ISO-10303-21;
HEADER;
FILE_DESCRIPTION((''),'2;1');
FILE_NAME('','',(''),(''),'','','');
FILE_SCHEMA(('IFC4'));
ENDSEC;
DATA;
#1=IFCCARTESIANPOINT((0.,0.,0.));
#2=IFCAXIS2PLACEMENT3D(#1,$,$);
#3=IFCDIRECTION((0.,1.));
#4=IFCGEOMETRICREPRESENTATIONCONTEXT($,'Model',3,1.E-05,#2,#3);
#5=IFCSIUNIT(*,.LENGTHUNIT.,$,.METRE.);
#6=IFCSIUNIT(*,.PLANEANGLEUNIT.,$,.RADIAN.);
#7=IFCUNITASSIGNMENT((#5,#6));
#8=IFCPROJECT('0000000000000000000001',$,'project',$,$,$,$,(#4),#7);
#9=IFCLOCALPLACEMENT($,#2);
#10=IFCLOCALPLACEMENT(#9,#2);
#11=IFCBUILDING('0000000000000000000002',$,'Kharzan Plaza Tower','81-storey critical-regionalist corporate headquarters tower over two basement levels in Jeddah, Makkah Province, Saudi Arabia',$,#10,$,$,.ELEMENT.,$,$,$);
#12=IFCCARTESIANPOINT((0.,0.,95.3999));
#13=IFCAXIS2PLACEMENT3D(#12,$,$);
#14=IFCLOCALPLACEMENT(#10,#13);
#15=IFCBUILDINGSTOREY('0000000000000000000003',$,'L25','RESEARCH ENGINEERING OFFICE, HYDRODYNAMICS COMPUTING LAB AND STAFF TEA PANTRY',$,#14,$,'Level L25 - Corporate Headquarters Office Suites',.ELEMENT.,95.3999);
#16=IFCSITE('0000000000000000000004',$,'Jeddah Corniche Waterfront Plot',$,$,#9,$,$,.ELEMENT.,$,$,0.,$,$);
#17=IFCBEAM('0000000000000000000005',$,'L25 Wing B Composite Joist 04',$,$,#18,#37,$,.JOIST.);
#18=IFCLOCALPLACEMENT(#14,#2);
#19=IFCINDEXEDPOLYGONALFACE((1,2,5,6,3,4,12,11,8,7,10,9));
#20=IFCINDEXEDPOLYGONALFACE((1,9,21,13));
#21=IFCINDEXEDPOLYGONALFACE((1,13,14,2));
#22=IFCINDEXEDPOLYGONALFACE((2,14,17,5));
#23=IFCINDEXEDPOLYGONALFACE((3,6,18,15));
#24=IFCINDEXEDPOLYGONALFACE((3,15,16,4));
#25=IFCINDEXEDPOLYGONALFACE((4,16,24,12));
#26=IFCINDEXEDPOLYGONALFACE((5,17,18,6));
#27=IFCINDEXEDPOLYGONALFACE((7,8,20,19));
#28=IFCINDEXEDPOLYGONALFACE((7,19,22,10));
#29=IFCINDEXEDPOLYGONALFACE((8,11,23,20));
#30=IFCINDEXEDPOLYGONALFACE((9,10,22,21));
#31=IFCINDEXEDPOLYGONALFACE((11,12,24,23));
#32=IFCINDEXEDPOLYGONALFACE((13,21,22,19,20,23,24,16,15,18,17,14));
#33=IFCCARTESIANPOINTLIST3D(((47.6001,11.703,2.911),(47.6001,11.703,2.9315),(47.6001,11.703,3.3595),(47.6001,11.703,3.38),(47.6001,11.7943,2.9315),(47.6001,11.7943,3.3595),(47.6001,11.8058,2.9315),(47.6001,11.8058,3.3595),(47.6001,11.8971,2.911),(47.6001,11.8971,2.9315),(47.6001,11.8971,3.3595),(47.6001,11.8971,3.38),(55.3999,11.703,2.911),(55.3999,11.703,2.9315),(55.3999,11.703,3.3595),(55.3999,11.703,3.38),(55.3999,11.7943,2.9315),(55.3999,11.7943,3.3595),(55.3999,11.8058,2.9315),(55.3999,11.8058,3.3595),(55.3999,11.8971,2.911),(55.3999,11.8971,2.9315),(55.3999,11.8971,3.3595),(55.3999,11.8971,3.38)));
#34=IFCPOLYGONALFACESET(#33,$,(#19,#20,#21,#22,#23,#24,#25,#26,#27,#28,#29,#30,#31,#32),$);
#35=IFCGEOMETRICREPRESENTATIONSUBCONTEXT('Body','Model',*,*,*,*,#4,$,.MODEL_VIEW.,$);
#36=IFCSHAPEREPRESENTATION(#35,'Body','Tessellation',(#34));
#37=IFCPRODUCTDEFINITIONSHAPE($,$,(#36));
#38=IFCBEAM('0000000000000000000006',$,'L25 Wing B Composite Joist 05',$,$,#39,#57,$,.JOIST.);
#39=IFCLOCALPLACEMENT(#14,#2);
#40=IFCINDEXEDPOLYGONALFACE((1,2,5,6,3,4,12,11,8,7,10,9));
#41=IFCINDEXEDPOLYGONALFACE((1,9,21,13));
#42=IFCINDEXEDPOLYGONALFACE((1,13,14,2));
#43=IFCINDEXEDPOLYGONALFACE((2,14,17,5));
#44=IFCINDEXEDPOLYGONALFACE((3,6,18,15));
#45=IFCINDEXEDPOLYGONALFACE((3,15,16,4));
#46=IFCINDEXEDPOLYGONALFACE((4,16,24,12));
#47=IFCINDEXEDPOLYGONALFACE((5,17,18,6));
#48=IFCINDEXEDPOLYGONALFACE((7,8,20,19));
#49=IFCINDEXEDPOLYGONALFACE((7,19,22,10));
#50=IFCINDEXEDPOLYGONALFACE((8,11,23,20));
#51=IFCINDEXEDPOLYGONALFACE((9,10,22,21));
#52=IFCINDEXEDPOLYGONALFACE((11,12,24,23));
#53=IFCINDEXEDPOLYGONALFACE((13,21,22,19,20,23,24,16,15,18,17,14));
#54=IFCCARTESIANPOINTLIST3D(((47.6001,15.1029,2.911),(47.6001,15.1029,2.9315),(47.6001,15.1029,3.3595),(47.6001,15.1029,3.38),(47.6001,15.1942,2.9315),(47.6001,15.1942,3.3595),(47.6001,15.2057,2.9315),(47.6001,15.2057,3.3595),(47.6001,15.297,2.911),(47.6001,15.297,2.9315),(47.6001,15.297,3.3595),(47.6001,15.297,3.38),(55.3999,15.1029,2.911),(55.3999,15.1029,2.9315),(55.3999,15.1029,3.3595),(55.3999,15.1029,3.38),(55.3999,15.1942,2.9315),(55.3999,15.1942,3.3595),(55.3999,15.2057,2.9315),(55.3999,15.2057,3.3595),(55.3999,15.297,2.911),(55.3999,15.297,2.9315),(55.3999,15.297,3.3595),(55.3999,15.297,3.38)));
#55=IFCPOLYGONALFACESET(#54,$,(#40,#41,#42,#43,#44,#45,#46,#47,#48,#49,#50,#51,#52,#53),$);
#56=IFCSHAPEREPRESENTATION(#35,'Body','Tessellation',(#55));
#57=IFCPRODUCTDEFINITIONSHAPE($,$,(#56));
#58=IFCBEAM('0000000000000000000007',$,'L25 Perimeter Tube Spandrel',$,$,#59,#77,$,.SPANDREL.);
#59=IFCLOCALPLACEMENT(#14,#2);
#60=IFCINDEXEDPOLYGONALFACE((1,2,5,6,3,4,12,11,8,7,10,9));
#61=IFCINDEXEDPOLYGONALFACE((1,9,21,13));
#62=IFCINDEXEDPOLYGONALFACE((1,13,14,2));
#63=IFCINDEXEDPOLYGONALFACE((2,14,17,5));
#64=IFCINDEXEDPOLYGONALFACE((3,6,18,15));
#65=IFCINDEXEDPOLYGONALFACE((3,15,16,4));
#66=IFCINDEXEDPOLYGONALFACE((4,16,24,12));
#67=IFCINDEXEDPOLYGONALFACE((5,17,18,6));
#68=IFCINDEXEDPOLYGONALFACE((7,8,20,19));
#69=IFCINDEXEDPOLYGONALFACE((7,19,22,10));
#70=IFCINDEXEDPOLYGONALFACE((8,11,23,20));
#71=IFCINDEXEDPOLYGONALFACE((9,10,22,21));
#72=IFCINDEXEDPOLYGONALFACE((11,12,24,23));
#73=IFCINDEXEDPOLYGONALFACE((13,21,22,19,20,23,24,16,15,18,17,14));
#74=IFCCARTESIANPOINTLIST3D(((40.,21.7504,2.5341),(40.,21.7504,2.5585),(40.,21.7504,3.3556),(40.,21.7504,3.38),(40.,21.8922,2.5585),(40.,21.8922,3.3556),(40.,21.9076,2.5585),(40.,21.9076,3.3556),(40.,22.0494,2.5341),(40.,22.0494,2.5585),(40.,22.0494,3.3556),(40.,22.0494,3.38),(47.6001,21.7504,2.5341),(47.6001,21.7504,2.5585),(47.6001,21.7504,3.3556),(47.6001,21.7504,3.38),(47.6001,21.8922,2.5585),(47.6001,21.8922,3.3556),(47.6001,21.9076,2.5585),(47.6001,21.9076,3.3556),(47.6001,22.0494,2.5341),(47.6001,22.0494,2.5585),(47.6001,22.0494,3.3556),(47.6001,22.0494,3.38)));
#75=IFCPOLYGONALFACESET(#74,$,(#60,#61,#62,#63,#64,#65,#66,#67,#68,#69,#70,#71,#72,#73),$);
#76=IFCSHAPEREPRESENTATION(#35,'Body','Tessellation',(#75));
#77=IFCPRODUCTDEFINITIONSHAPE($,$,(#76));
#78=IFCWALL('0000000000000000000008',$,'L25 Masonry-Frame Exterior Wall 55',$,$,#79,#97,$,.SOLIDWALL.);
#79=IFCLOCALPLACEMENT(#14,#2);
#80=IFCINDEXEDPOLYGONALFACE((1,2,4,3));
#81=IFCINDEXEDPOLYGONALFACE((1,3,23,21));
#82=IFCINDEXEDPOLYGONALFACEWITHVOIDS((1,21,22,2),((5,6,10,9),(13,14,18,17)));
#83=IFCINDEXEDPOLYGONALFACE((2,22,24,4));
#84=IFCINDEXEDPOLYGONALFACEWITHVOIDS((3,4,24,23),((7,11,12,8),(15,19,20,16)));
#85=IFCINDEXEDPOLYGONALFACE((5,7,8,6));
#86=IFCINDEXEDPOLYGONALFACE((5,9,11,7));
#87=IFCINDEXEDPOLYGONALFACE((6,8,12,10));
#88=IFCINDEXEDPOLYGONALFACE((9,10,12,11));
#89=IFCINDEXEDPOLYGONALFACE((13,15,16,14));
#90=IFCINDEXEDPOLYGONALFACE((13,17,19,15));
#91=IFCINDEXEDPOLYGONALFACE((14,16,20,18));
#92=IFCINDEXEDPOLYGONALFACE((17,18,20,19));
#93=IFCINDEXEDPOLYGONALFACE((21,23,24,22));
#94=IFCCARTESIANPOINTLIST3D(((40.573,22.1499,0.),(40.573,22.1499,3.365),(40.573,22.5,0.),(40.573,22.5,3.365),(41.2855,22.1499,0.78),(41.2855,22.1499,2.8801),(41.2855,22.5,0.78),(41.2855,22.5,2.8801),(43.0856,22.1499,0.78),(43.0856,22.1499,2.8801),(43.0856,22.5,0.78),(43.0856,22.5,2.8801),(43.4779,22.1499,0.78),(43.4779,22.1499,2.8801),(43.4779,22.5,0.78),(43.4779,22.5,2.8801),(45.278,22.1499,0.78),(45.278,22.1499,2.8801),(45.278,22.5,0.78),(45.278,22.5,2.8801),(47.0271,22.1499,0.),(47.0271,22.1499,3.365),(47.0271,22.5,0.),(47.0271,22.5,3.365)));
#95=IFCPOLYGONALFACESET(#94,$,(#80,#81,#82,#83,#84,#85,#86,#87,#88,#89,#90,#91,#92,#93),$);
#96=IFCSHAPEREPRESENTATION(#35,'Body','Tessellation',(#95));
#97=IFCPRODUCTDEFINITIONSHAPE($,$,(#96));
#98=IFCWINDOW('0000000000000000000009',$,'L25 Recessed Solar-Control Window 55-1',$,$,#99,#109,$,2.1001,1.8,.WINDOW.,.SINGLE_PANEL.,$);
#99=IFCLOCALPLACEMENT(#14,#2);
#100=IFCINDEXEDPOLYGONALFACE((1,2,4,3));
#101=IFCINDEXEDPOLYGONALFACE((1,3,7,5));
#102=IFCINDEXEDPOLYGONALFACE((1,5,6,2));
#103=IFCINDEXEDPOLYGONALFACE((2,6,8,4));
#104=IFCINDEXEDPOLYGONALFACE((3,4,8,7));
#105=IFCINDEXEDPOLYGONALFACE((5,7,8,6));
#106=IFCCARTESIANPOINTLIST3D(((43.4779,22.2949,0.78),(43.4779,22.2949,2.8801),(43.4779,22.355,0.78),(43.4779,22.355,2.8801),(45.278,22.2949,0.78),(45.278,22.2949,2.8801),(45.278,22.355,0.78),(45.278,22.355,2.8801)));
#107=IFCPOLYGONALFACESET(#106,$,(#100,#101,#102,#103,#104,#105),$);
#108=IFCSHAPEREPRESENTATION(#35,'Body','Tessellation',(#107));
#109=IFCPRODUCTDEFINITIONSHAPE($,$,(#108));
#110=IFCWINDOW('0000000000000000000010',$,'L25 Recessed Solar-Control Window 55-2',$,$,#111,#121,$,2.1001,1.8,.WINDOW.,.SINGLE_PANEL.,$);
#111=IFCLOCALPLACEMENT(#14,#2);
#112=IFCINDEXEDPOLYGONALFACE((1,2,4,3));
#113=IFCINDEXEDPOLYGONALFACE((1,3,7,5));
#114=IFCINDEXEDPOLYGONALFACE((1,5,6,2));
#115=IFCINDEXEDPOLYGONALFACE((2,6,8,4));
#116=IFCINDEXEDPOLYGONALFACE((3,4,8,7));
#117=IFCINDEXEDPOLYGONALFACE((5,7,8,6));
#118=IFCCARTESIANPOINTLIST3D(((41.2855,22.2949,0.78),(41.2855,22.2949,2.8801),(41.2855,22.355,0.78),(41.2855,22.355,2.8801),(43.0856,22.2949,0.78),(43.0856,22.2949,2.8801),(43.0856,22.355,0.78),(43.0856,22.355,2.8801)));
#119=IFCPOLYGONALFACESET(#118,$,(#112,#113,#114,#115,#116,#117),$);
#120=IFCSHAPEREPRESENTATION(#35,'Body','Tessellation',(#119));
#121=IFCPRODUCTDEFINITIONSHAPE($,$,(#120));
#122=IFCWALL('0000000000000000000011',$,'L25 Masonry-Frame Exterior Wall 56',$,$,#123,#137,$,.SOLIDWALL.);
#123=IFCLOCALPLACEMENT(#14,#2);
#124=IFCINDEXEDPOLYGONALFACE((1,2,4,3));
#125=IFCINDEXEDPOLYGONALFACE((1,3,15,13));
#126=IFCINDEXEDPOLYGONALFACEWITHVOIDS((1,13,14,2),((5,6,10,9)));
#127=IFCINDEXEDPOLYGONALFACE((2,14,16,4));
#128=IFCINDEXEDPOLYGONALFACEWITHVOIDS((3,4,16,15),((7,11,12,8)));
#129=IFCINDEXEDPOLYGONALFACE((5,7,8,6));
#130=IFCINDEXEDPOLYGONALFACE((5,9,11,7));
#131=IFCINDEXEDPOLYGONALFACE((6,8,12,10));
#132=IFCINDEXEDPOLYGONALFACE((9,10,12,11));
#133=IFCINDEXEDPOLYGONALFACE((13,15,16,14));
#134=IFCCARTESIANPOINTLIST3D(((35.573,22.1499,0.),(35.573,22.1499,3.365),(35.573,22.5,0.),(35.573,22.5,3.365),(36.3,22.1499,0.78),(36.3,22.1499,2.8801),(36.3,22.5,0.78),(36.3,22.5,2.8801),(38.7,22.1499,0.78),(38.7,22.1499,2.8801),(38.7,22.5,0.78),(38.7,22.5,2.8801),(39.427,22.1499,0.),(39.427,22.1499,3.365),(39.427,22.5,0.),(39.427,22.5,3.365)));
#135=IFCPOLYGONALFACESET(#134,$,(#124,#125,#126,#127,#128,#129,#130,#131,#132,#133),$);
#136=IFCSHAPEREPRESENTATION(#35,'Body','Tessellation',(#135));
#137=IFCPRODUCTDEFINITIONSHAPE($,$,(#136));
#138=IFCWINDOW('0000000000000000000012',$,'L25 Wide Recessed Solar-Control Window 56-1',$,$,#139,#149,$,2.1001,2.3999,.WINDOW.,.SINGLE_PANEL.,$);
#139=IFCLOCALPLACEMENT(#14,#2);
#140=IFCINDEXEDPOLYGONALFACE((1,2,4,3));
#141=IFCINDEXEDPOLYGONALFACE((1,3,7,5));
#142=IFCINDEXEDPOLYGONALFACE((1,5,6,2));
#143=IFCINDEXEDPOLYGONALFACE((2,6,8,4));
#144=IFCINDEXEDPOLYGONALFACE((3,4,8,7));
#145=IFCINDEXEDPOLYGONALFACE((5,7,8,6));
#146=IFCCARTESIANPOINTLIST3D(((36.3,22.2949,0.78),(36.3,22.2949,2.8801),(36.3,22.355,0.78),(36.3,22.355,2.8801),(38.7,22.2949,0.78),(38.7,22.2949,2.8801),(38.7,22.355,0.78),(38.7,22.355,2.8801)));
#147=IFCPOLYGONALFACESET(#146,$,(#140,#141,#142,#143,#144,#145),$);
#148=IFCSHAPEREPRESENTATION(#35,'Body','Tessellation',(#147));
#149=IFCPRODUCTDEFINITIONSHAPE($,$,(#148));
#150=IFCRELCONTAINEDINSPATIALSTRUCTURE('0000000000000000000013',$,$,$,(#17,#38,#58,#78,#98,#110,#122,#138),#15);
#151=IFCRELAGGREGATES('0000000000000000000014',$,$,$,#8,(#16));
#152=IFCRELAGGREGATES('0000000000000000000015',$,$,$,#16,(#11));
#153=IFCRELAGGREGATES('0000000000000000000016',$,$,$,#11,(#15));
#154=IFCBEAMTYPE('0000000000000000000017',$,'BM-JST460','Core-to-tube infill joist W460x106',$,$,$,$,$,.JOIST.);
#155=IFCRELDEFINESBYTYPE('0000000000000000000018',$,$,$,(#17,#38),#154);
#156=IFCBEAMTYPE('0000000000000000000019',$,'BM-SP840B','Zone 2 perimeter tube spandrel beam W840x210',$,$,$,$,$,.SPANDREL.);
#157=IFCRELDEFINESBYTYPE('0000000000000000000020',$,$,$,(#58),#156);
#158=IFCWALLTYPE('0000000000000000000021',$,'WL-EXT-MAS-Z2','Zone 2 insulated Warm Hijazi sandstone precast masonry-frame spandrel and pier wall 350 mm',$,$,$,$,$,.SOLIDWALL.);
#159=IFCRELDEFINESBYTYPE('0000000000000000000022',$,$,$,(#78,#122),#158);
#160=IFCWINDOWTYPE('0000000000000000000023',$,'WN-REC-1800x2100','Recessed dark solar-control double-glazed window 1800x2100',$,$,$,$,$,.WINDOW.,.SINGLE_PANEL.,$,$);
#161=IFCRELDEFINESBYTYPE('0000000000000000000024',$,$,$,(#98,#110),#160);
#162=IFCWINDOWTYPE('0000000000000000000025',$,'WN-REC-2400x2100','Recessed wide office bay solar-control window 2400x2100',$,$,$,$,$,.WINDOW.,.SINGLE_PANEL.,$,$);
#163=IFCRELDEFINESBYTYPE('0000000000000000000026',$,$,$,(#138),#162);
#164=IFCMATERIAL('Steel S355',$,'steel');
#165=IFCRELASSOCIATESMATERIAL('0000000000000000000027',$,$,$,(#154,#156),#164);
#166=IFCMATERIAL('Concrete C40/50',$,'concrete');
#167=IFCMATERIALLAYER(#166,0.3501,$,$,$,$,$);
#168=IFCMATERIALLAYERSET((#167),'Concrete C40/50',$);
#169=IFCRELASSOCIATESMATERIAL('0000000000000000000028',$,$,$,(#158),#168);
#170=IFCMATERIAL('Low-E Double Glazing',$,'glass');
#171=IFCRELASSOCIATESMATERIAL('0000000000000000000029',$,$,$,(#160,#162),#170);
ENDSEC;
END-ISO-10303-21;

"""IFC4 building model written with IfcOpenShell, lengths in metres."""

from ifc_helpers import new_model, si_unit, direction, frame, frame_2d, origin, origin_2d, place, context, subcontext, project, spatial, rectangle, i_section, extrude, source, transform, mapped, material, layer, layer_set, material_profile, profile_set, type_object, element, fill, save


model = new_model("IFC4")

# Units and contexts
model_context = context("Model", 3, precision=1e-05, world=origin(), true_north=direction((0.0, 1.0)))
body_context = subcontext(model_context, "Body", "Model", "MODEL_VIEW")
ifc_project = project(units=[si_unit("LENGTHUNIT", "METRE"), si_unit("PLANEANGLEUNIT", "RADIAN")], contexts=[model_context])

# Site, building, storey
site_placement = place(None, origin())
site = spatial("IfcSite", under=ifc_project, at=site_placement, Name="Jeddah Corniche Waterfront Plot", CompositionType="ELEMENT", RefElevation=0.0)
building_placement = place(site_placement, origin())
building = spatial("IfcBuilding", under=site, at=building_placement, Name="Kharzan Plaza Tower", Description="81-storey critical-regionalist corporate headquarters tower over two basement levels in Jeddah, Makkah Province, Saudi Arabia", CompositionType="ELEMENT")
storey_placement = place(building_placement, frame((0.0, 0.0, 95.3999)))
storey = spatial("IfcBuildingStorey", under=building, at=storey_placement, Name="L25", Description="RESEARCH ENGINEERING OFFICE, HYDRODYNAMICS COMPUTING LAB AND STAFF TEA PANTRY", LongName="Level L25 - Corporate Headquarters Office Suites", CompositionType="ELEMENT", Elevation=95.3999)

# Beams
ifc_material_1 = material(Name="Steel S355", Category="steel")
ifc_material_profile_1 = material_profile(ifc_material_1, i_section(OverallWidth=0.1941, OverallDepth=0.469, WebThickness=0.0115, FlangeThickness=0.0205, at=origin_2d()), Name="W460x106")
ifc_profile_set_1 = profile_set([ifc_material_profile_1], Name="Steel S355")
beam_type_1 = type_object("IfcBeamType", Name="BM-JST460", Description="Core-to-tube infill joist W460x106", PredefinedType="JOIST", material=ifc_profile_set_1)
shared_shape_1 = source(origin(), body_context, "Body", "SweptSolid", [
    extrude(i_section(OverallWidth=0.1941, OverallDepth=0.469, WebThickness=0.0115, FlangeThickness=0.0205, at=origin_2d()), origin(), (0.0, 0.0, 1.0), 7.7998),
])
for number, where, z_axis, x_axis, name in (
    (1, (47.6001, 11.8, 3.1455), (1.0, 0.0, 0.0), (0.0, 1.0, 0.0), "L25 Wing B Composite Joist 04"),
    (2, (47.6001, 15.2, 3.1455), (1.0, 0.0, 0.0), (0.0, 1.0, 0.0), "L25 Wing B Composite Joist 05"),
):
    element("IfcBeam", number, at=place(storey_placement, frame(where, z_axis=z_axis, x_axis=x_axis)), inside=storey, type_object=beam_type_1, Name=name, PredefinedType="JOIST", context=body_context, shape_type="MappedRepresentation", body=[
        mapped(shared_shape_1, transform((0.0, 0.0, 0.0), x_axis=(1.0, 0.0, 0.0), y_axis=(0.0, 1.0, 0.0), z_axis=(0.0, 0.0, 1.0))),
    ])
ifc_material_profile_2 = material_profile(ifc_material_1, i_section(OverallWidth=0.2991, OverallDepth=0.8459, WebThickness=0.0154, FlangeThickness=0.0244, at=origin_2d()), Name="W840x210")
ifc_profile_set_2 = profile_set([ifc_material_profile_2], Name="Steel S355")
beam_type_2 = type_object("IfcBeamType", Name="BM-SP840B", Description="Zone 2 perimeter tube spandrel beam W840x210", PredefinedType="SPANDREL", material=ifc_profile_set_2)
shared_shape_2 = source(origin(), body_context, "Body", "SweptSolid", [
    extrude(i_section(OverallWidth=0.2991, OverallDepth=0.8459, WebThickness=0.0154, FlangeThickness=0.0244, at=origin_2d()), origin(), (0.0, 0.0, 1.0), 7.6001),
])
beam_1_placement = place(storey_placement, frame((40.0, 21.8999, 2.957), z_axis=(1.0, 0.0, 0.0), x_axis=(0.0, 1.0, 0.0)))
element("IfcBeam", 3, at=beam_1_placement, inside=storey, type_object=beam_type_2, Name="L25 Perimeter Tube Spandrel", PredefinedType="SPANDREL", context=body_context, shape_type="MappedRepresentation", body=[
    mapped(shared_shape_2, transform((0.0, 0.0, 0.0), x_axis=(1.0, 0.0, 0.0), y_axis=(0.0, 1.0, 0.0), z_axis=(0.0, 0.0, 1.0))),
])

# Wall, openings, windows
ifc_material_2 = material(Name="Concrete C40/50", Category="concrete")
ifc_layer_1 = layer(ifc_material_2, 0.3501)
ifc_layer_set_1 = layer_set([ifc_layer_1], Name="Concrete C40/50")
wall_type_1 = type_object("IfcWallType", Name="WL-EXT-MAS-Z2", Description="Zone 2 insulated Warm Hijazi sandstone precast masonry-frame spandrel and pier wall 350 mm", PredefinedType="SOLIDWALL", material=ifc_layer_set_1)
wall_1_placement = place(storey_placement, frame((47.0271, 22.325, 0.0), z_axis=(0.0, 0.0, 1.0), x_axis=(-1.0, 0.0, 0.0)))
wall_1 = element("IfcWall", 4, at=wall_1_placement, inside=storey, type_object=wall_type_1, Name="L25 Masonry-Frame Exterior Wall 55", PredefinedType="SOLIDWALL", context=body_context, shape_type="SweptSolid", body=[
    extrude(rectangle(XDim=6.4541, YDim=0.3501, at=frame_2d((3.2271, 0.0))), origin(), (0.0, 0.0, 1.0), 3.365),
])
opening_1_placement = place(wall_1_placement, frame((1.7493, 0.0, 0.78)))
opening_1 = element("IfcOpeningElement", 5, at=opening_1_placement, cuts=wall_1, PredefinedType="OPENING", context=body_context, shape_type="SweptSolid", body=[
    extrude(rectangle(XDim=1.8, YDim=2.1001, at=frame_2d((0.8999, 1.05))), frame((0.0, 0.1851, 0.0), z_axis=(0.0, -1.0, 0.0), x_axis=(1.0, 0.0, 0.0)), (0.0, 0.0, 1.0), 0.3701),
])
opening_2_placement = place(wall_1_placement, frame((3.9417, 0.0, 0.78)))
opening_2 = element("IfcOpeningElement", 6, at=opening_2_placement, cuts=wall_1, PredefinedType="OPENING", context=body_context, shape_type="SweptSolid", body=[
    extrude(rectangle(XDim=1.8, YDim=2.1001, at=frame_2d((0.8999, 1.05))), frame((0.0, 0.1851, 0.0), z_axis=(0.0, -1.0, 0.0), x_axis=(1.0, 0.0, 0.0)), (0.0, 0.0, 1.0), 0.3701),
])
ifc_material_3 = material(Name="Low-E Double Glazing", Category="glass")
window_type_1 = type_object("IfcWindowType", Name="WN-REC-1800x2100", Description="Recessed dark solar-control double-glazed window 1800x2100", PartitioningType="SINGLE_PANEL", PredefinedType="WINDOW", material=ifc_material_3)
shared_shape_3 = source(origin(), body_context, "Body", "SweptSolid", [
    extrude(rectangle(XDim=1.8, YDim=2.1001, at=frame_2d((0.8999, 1.05))), frame((0.0, 0.03, 0.0), z_axis=(0.0, -1.0, 0.0), x_axis=(1.0, 0.0, 0.0)), (0.0, 0.0, 1.0), 0.0601),
])
window_1_placement = place(opening_1_placement, origin())
window_1 = element("IfcWindow", 7, at=window_1_placement, inside=storey, type_object=window_type_1, Name="L25 Recessed Solar-Control Window 55-1", OverallHeight=2.1001, OverallWidth=1.8, PartitioningType="SINGLE_PANEL", PredefinedType="WINDOW", context=body_context, shape_type="MappedRepresentation", body=[
    mapped(shared_shape_3, transform((0.0, 0.0, 0.0), x_axis=(1.0, 0.0, 0.0), y_axis=(0.0, 1.0, 0.0), z_axis=(0.0, 0.0, 1.0))),
])
fill(opening_1, window_1)
window_2_placement = place(opening_2_placement, origin())
window_2 = element("IfcWindow", 8, at=window_2_placement, inside=storey, type_object=window_type_1, Name="L25 Recessed Solar-Control Window 55-2", OverallHeight=2.1001, OverallWidth=1.8, PartitioningType="SINGLE_PANEL", PredefinedType="WINDOW", context=body_context, shape_type="MappedRepresentation", body=[
    mapped(shared_shape_3, transform((0.0, 0.0, 0.0), x_axis=(1.0, 0.0, 0.0), y_axis=(0.0, 1.0, 0.0), z_axis=(0.0, 0.0, 1.0))),
])
fill(opening_2, window_2)

# Wall, opening, window
wall_2_placement = place(storey_placement, frame((39.427, 22.325, 0.0), z_axis=(0.0, 0.0, 1.0), x_axis=(-1.0, 0.0, 0.0)))
wall_2 = element("IfcWall", 9, at=wall_2_placement, inside=storey, type_object=wall_type_1, Name="L25 Masonry-Frame Exterior Wall 56", PredefinedType="SOLIDWALL", context=body_context, shape_type="SweptSolid", body=[
    extrude(rectangle(XDim=3.854, YDim=0.3501, at=frame_2d((1.927, 0.0))), origin(), (0.0, 0.0, 1.0), 3.365),
])
opening_3_placement = place(wall_2_placement, frame((0.7271, 0.0, 0.78)))
opening_3 = element("IfcOpeningElement", 10, at=opening_3_placement, cuts=wall_2, PredefinedType="OPENING", context=body_context, shape_type="SweptSolid", body=[
    extrude(rectangle(XDim=2.3999, YDim=2.1001, at=frame_2d((1.2, 1.05))), frame((0.0, 0.1851, 0.0), z_axis=(0.0, -1.0, 0.0), x_axis=(1.0, 0.0, 0.0)), (0.0, 0.0, 1.0), 0.3701),
])
window_type_2 = type_object("IfcWindowType", Name="WN-REC-2400x2100", Description="Recessed wide office bay solar-control window 2400x2100", PartitioningType="SINGLE_PANEL", PredefinedType="WINDOW", material=ifc_material_3)
shared_shape_4 = source(origin(), body_context, "Body", "SweptSolid", [
    extrude(rectangle(XDim=2.3999, YDim=2.1001, at=frame_2d((1.2, 1.05))), frame((0.0, 0.03, 0.0), z_axis=(0.0, -1.0, 0.0), x_axis=(1.0, 0.0, 0.0)), (0.0, 0.0, 1.0), 0.0601),
])
window_3_placement = place(opening_3_placement, origin())
window_3 = element("IfcWindow", 11, at=window_3_placement, inside=storey, type_object=window_type_2, Name="L25 Wide Recessed Solar-Control Window 56-1", OverallHeight=2.1001, OverallWidth=2.3999, PartitioningType="SINGLE_PANEL", PredefinedType="WINDOW", context=body_context, shape_type="MappedRepresentation", body=[
    mapped(shared_shape_4, transform((0.0, 0.0, 0.0), x_axis=(1.0, 0.0, 0.0), y_axis=(0.0, 1.0, 0.0), z_axis=(0.0, 0.0, 1.0))),
])
fill(opening_3, window_3)

save(model, "model.ifc")
